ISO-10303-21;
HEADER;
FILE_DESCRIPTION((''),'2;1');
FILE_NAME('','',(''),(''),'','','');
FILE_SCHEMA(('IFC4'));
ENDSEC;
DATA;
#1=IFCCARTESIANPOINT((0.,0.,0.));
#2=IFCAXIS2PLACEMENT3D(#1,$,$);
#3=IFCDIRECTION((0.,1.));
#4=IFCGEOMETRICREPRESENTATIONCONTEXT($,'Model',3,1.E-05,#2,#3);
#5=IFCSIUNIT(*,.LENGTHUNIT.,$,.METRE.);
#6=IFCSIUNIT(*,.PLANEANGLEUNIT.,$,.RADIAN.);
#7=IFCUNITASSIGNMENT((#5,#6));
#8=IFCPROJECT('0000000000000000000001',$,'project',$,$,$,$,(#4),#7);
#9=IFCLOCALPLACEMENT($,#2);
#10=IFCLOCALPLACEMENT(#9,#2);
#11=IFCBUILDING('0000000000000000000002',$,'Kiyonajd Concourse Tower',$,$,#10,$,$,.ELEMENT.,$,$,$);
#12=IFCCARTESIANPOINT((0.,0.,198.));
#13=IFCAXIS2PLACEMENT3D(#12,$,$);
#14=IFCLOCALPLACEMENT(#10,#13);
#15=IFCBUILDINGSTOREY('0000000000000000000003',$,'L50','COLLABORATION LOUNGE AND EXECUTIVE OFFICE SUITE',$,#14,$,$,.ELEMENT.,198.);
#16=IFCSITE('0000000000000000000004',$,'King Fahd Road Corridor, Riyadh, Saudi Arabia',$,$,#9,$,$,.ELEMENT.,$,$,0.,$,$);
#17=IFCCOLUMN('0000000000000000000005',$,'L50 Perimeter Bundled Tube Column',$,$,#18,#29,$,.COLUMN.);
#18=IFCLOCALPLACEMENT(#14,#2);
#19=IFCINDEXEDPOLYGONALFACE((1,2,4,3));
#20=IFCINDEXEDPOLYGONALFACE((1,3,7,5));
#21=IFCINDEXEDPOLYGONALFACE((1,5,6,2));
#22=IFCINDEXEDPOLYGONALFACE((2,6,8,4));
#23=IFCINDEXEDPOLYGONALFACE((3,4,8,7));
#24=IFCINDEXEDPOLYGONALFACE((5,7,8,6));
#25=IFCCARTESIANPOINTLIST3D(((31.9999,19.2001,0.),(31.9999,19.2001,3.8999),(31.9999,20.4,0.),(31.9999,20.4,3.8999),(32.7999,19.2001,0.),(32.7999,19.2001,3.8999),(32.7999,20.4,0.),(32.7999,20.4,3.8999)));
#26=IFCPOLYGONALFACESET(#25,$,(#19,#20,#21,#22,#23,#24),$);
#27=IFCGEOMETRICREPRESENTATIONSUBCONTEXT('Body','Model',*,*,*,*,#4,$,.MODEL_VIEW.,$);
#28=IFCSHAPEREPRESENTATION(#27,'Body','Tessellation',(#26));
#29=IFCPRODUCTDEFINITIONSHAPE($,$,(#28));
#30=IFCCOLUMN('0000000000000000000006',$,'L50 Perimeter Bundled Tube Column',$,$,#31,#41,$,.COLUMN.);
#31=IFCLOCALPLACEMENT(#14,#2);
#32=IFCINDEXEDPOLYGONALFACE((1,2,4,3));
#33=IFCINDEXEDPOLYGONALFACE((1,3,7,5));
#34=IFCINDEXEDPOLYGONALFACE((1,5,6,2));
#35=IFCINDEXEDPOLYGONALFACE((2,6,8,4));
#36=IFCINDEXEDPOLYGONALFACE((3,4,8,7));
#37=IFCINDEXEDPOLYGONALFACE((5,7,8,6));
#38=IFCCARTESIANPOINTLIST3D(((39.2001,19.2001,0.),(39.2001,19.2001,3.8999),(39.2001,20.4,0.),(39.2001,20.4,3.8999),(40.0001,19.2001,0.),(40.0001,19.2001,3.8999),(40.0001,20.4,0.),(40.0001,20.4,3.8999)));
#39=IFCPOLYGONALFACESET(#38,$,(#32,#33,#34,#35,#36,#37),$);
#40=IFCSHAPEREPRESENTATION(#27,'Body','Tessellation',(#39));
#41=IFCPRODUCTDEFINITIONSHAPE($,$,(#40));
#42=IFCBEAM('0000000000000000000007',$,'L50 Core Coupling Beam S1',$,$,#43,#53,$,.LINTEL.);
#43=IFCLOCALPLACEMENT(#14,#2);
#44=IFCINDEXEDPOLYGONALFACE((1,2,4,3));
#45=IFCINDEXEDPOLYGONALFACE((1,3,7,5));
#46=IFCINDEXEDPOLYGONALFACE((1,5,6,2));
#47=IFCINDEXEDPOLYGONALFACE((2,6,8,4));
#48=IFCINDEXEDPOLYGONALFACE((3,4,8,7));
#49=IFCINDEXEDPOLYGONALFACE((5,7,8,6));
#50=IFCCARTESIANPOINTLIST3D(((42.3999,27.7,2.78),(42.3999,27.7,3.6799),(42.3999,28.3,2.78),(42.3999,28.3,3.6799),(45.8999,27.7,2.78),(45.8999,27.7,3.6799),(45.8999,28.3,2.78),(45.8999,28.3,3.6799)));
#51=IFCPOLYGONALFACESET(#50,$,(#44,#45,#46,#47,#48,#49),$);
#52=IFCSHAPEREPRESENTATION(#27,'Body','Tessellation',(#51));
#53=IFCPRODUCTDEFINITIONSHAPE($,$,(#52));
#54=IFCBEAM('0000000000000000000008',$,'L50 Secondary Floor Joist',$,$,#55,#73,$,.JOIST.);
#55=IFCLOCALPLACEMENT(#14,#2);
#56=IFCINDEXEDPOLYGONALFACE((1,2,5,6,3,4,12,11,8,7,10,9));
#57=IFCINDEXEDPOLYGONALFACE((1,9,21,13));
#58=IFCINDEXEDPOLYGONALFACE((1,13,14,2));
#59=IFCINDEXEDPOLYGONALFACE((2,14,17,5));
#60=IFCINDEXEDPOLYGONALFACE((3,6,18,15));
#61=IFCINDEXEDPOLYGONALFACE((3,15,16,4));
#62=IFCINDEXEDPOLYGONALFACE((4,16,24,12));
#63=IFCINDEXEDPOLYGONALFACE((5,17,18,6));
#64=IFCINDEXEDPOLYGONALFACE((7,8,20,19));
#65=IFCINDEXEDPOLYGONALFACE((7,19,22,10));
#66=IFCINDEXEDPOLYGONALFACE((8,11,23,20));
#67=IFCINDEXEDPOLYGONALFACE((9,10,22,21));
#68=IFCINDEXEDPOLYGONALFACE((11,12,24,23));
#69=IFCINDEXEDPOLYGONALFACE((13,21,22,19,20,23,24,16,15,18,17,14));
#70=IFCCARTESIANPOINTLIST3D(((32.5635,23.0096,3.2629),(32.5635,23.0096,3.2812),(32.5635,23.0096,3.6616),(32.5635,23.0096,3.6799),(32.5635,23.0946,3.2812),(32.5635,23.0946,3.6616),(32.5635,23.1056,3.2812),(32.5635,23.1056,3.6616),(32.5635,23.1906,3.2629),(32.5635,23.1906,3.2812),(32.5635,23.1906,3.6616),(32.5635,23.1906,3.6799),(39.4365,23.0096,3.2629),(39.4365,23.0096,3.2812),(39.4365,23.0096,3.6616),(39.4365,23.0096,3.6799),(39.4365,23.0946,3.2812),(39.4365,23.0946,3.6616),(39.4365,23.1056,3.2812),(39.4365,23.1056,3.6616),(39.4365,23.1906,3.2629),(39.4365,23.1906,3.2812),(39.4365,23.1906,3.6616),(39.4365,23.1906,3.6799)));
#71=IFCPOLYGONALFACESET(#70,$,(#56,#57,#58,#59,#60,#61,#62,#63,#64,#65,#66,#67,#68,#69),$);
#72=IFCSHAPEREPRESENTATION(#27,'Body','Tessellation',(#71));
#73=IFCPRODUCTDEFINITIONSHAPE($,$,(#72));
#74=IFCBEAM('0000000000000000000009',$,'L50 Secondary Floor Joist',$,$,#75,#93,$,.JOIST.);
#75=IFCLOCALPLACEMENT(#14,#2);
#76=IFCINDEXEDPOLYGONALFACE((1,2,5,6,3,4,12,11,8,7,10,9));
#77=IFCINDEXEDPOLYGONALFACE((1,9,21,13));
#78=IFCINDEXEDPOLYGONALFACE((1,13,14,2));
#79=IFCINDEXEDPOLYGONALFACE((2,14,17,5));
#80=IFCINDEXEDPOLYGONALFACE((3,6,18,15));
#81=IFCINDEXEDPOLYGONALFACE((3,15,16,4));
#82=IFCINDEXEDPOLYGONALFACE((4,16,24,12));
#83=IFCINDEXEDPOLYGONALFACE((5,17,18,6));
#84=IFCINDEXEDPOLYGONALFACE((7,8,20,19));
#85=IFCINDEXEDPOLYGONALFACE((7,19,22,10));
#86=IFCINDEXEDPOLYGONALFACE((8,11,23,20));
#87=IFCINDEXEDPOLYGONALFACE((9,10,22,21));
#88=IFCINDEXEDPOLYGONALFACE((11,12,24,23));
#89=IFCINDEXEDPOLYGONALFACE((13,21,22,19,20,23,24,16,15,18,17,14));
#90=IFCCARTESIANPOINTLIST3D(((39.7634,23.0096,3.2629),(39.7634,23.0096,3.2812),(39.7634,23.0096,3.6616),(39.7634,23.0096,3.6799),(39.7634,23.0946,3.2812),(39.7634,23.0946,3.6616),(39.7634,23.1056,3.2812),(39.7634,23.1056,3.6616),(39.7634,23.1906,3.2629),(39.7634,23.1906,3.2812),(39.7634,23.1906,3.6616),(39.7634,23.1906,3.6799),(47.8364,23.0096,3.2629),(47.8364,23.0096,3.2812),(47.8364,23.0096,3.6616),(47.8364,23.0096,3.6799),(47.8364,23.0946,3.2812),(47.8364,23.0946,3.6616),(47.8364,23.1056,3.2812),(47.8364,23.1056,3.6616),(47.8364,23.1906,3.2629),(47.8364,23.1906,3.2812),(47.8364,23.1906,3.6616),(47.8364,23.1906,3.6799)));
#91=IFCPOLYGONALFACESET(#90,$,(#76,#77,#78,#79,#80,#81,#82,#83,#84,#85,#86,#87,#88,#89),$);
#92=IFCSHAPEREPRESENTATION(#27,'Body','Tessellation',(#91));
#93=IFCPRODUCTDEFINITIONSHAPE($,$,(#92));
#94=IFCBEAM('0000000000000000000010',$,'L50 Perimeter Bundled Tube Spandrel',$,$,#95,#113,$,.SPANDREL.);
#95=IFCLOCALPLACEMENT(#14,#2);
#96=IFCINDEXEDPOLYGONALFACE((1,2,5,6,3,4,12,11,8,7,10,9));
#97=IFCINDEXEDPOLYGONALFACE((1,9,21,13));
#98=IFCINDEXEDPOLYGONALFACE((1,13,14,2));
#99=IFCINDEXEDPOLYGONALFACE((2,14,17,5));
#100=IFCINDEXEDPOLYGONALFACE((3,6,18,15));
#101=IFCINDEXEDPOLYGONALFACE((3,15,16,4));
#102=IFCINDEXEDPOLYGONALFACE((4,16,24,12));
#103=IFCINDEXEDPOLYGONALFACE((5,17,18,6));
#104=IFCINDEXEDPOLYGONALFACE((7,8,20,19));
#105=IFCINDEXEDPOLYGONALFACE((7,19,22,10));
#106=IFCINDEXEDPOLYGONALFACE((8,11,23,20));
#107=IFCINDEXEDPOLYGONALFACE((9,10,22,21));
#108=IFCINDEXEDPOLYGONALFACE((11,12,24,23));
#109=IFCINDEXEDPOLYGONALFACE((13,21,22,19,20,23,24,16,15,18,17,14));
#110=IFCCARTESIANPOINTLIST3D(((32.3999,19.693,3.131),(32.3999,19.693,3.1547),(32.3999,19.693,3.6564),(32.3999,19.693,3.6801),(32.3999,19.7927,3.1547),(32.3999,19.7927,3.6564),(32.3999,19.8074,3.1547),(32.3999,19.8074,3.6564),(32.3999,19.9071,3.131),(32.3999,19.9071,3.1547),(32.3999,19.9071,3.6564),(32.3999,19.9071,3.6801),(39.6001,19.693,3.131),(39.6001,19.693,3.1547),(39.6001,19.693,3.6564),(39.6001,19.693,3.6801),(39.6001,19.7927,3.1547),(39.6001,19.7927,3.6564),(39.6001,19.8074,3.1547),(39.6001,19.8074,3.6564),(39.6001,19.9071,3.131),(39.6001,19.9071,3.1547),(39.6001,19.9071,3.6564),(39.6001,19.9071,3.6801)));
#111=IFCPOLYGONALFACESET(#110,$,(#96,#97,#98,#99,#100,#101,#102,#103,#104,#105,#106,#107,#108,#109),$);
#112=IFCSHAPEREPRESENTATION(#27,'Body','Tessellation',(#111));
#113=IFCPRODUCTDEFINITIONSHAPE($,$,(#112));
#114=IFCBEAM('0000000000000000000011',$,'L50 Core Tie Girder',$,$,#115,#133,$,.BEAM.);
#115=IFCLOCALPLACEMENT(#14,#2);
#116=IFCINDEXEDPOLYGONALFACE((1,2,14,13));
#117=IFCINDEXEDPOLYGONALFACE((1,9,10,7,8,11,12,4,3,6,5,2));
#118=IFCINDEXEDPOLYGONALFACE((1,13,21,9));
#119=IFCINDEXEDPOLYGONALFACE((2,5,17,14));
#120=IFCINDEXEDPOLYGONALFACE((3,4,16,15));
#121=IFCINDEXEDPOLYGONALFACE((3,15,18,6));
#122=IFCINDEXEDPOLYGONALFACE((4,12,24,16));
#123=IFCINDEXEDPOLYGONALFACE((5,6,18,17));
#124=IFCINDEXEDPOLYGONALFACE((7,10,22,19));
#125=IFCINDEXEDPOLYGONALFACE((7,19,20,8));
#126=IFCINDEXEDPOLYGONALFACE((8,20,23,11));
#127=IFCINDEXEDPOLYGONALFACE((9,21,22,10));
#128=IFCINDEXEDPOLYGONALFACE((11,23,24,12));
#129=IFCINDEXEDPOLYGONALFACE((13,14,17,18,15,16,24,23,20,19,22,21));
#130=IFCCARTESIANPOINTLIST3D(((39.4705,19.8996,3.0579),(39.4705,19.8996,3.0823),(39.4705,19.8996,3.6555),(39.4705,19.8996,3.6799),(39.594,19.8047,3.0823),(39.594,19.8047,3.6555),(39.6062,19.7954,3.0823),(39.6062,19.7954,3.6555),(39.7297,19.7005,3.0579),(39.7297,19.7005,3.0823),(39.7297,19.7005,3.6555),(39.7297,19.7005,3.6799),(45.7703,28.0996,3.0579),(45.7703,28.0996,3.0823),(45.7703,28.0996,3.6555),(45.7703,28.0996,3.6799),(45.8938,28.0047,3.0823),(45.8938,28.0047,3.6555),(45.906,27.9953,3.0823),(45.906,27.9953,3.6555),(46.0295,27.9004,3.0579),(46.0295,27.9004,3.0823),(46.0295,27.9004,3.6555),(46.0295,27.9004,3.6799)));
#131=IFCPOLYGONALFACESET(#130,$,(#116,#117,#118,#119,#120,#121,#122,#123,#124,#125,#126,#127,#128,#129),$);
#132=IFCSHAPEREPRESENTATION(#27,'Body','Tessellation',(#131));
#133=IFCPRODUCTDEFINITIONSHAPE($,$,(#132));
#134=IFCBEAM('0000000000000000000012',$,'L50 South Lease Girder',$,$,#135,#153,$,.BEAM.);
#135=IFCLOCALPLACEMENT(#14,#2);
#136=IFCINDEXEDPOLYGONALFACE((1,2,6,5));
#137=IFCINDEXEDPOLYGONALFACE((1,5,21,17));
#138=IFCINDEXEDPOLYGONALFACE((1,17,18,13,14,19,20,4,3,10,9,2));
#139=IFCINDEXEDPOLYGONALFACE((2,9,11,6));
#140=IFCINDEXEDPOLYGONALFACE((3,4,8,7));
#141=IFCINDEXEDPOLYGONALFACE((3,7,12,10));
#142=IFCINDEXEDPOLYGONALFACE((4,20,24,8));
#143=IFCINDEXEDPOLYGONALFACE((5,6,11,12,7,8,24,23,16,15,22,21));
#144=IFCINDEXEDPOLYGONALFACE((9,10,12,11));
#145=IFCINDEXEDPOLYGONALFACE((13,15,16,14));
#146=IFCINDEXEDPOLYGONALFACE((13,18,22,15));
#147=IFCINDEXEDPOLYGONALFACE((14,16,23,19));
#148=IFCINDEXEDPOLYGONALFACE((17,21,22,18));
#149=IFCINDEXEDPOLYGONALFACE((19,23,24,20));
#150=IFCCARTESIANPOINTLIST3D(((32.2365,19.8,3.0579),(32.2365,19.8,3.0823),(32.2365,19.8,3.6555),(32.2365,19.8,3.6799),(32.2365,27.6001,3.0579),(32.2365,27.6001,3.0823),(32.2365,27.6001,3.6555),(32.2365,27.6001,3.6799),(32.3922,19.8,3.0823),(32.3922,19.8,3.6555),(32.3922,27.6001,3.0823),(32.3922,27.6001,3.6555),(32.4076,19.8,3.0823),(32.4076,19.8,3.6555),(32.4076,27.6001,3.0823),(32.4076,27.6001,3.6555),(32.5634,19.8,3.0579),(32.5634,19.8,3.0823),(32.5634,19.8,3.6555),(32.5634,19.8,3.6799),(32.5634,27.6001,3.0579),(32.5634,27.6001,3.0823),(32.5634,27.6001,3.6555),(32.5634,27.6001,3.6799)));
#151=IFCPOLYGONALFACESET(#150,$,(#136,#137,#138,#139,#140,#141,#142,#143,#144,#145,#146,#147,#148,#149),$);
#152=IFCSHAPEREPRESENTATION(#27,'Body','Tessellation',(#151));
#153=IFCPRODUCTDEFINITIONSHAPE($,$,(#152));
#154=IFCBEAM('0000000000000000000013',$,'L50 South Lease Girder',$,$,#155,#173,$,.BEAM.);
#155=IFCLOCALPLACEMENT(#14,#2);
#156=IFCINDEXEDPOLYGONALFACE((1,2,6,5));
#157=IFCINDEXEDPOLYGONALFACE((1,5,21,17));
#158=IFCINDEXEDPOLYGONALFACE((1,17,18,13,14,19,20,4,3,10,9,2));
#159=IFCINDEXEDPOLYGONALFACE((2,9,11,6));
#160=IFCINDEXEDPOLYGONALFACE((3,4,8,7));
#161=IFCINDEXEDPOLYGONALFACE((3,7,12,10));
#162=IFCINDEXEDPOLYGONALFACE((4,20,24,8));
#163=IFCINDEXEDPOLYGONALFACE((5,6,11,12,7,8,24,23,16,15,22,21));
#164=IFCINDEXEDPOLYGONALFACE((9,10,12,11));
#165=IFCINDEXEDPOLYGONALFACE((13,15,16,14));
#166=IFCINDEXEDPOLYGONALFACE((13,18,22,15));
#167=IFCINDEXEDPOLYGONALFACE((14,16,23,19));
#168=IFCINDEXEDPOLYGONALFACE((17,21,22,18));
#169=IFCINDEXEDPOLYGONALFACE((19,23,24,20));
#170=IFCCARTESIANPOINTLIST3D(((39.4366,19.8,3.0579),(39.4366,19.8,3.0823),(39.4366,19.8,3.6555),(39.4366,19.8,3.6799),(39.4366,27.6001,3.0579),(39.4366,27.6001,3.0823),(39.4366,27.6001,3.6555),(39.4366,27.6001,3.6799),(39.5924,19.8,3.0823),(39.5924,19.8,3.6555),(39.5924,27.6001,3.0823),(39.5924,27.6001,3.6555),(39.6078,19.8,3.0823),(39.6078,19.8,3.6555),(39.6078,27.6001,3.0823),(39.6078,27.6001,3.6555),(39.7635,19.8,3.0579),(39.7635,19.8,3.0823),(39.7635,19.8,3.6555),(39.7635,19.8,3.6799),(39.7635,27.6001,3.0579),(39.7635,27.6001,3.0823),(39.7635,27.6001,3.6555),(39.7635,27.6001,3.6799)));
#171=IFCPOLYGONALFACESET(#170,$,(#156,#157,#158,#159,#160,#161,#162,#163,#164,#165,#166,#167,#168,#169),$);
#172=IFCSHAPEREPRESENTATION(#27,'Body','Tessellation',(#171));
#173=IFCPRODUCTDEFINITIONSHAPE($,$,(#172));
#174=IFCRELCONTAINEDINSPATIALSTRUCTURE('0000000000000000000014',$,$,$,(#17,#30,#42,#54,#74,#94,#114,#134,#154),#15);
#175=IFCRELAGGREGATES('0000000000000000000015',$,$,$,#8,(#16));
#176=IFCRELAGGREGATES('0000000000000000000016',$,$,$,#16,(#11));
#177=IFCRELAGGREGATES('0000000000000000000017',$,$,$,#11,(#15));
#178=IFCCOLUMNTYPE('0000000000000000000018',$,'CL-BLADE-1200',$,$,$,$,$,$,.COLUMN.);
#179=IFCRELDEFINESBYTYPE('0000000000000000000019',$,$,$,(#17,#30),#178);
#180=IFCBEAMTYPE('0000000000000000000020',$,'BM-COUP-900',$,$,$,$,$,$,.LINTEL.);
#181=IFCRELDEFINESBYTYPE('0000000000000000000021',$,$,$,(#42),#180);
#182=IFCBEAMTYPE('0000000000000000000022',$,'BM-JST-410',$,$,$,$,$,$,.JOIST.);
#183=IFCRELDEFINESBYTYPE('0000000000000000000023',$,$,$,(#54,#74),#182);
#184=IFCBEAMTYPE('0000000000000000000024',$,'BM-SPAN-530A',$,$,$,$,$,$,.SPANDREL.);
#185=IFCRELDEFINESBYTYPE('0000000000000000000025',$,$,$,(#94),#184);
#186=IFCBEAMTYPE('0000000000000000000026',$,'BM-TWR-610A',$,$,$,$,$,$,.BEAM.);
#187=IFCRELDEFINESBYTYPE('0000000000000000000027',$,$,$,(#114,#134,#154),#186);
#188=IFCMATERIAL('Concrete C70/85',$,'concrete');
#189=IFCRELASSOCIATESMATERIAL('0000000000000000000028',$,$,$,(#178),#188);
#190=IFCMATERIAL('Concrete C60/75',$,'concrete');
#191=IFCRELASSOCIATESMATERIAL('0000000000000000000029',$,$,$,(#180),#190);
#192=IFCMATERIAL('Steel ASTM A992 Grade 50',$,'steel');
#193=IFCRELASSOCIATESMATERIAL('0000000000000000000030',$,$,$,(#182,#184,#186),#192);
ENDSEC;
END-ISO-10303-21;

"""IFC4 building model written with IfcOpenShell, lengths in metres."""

from ifc_helpers import new_model, si_unit, direction, frame, origin, origin_2d, place, context, subcontext, project, spatial, rectangle, i_section, extrude, material, material_profile, profile_set, type_object, element, save


model = new_model("IFC4")

# Units and contexts
model_context = context("Model", 3, precision=1e-05, world=origin(), true_north=direction((0.0, 1.0)))
body_context = subcontext(model_context, "Body", "Model", "MODEL_VIEW")
ifc_project = project(units=[si_unit("LENGTHUNIT", "METRE"), si_unit("PLANEANGLEUNIT", "RADIAN")], contexts=[model_context])

# Site, building, storey
site_placement = place(None, origin())
site = spatial("IfcSite", under=ifc_project, at=site_placement, Name="King Fahd Road Corridor, Riyadh, Saudi Arabia", CompositionType="ELEMENT", RefElevation=0.0)
building_placement = place(site_placement, origin())
building = spatial("IfcBuilding", under=site, at=building_placement, Name="Kiyonajd Concourse Tower", CompositionType="ELEMENT")
storey_placement = place(building_placement, frame((0.0, 0.0, 198.0)))
storey = spatial("IfcBuildingStorey", under=building, at=storey_placement, Name="L50", Description="COLLABORATION LOUNGE AND EXECUTIVE OFFICE SUITE", CompositionType="ELEMENT", Elevation=198.0)

# Columns
ifc_material_1 = material(Name="Concrete C70/85", Category="concrete")
ifc_material_profile_1 = material_profile(ifc_material_1, rectangle(XDim=0.8, YDim=1.2, at=origin_2d()), Name="RC-1200x800")
ifc_profile_set_1 = profile_set([ifc_material_profile_1], Name="Concrete C70/85")
column_type = type_object("IfcColumnType", Name="CL-BLADE-1200", PredefinedType="COLUMN", material=ifc_profile_set_1)
for number, where, z_axis, x_axis, name in (
    (1, (32.3999, 19.8, 0.0), (0.0, 0.0, 1.0), (1.0, 0.0, 0.0), "L50 Perimeter Bundled Tube Column"),
    (2, (39.6001, 19.8, 0.0), (0.0, 0.0, 1.0), (1.0, 0.0, 0.0), "L50 Perimeter Bundled Tube Column"),
):
    element("IfcColumn", number, at=place(storey_placement, frame(where, z_axis=z_axis, x_axis=x_axis)), inside=storey, type_object=column_type, Name=name, PredefinedType="COLUMN", context=body_context, shape_type="SweptSolid", body=[
        extrude(rectangle(XDim=0.8, YDim=1.2, at=origin_2d()), origin(), (0.0, 0.0, 1.0), 3.8999),
    ])

# Beams
ifc_material_2 = material(Name="Concrete C60/75", Category="concrete")
ifc_material_profile_2 = material_profile(ifc_material_2, rectangle(XDim=0.6001, YDim=0.8999, at=origin_2d()), Name="RCBM-600x900")
ifc_profile_set_2 = profile_set([ifc_material_profile_2], Name="Concrete C60/75")
beam_type_1 = type_object("IfcBeamType", Name="BM-COUP-900", PredefinedType="LINTEL", material=ifc_profile_set_2)
beam_1_placement = place(storey_placement, frame((42.3999, 28.0, 3.23), z_axis=(1.0, 0.0, 0.0), x_axis=(0.0, 1.0, 0.0)))
element("IfcBeam", 3, at=beam_1_placement, inside=storey, type_object=beam_type_1, Name="L50 Core Coupling Beam S1", PredefinedType="LINTEL", context=body_context, shape_type="SweptSolid", body=[
    extrude(rectangle(XDim=0.6001, YDim=0.8999, at=origin_2d()), origin(), (0.0, 0.0, 1.0), 3.5),
])
ifc_material_3 = material(Name="Steel ASTM A992 Grade 50", Category="steel")
ifc_material_profile_3 = material_profile(ifc_material_3, i_section(OverallWidth=0.1809, OverallDepth=0.417, WebThickness=0.011, FlangeThickness=0.0183, at=origin_2d()), Name="W410X85")
ifc_profile_set_3 = profile_set([ifc_material_profile_3], Name="Steel ASTM A992 Grade 50")
beam_type_2 = type_object("IfcBeamType", Name="BM-JST-410", PredefinedType="JOIST", material=ifc_profile_set_3)
beam_2_placement = place(storey_placement, frame((32.5635, 23.1001, 3.4714), z_axis=(1.0, 0.0, 0.0), x_axis=(0.0, 1.0, 0.0)))
element("IfcBeam", 4, at=beam_2_placement, inside=storey, type_object=beam_type_2, Name="L50 Secondary Floor Joist", PredefinedType="JOIST", context=body_context, shape_type="SweptSolid", body=[
    extrude(i_section(OverallWidth=0.1809, OverallDepth=0.417, WebThickness=0.011, FlangeThickness=0.0183, at=origin_2d()), origin(), (0.0, 0.0, 1.0), 6.873),
])
beam_3_placement = place(storey_placement, frame((39.7634, 23.1001, 3.4714), z_axis=(1.0, 0.0, 0.0), x_axis=(0.0, 1.0, 0.0)))
element("IfcBeam", 5, at=beam_3_placement, inside=storey, type_object=beam_type_2, Name="L50 Secondary Floor Joist", PredefinedType="JOIST", context=body_context, shape_type="SweptSolid", body=[
    extrude(i_section(OverallWidth=0.1809, OverallDepth=0.417, WebThickness=0.011, FlangeThickness=0.0183, at=origin_2d()), origin(), (0.0, 0.0, 1.0), 8.073),
])
ifc_material_profile_4 = material_profile(ifc_material_3, i_section(OverallWidth=0.2141, OverallDepth=0.5491, WebThickness=0.0146, FlangeThickness=0.0237, at=origin_2d()), Name="W530X138")
ifc_profile_set_4 = profile_set([ifc_material_profile_4], Name="Steel ASTM A992 Grade 50")
beam_type_3 = type_object("IfcBeamType", Name="BM-SPAN-530A", PredefinedType="SPANDREL", material=ifc_profile_set_4)
beam_4_placement = place(storey_placement, frame((32.3999, 19.8, 3.4055), z_axis=(1.0, 0.0, 0.0), x_axis=(0.0, 1.0, 0.0)))
element("IfcBeam", 6, at=beam_4_placement, inside=storey, type_object=beam_type_3, Name="L50 Perimeter Bundled Tube Spandrel", PredefinedType="SPANDREL", context=body_context, shape_type="SweptSolid", body=[
    extrude(i_section(OverallWidth=0.2141, OverallDepth=0.5491, WebThickness=0.0146, FlangeThickness=0.0237, at=origin_2d()), origin(), (0.0, 0.0, 1.0), 7.2002),
])
ifc_material_profile_5 = material_profile(ifc_material_3, i_section(OverallWidth=0.3269, OverallDepth=0.6221, WebThickness=0.0154, FlangeThickness=0.0244, at=origin_2d()), Name="W610X195")
ifc_profile_set_5 = profile_set([ifc_material_profile_5], Name="Steel ASTM A992 Grade 50")
beam_type_4 = type_object("IfcBeamType", Name="BM-TWR-610A", PredefinedType="BEAM", material=ifc_profile_set_5)
beam_5_placement = place(storey_placement, frame((39.6001, 19.8, 3.3689), z_axis=(0.609234, 0.792991, 0.0), x_axis=(-0.792991, 0.609234, 0.0)))
element("IfcBeam", 7, at=beam_5_placement, inside=storey, type_object=beam_type_4, Name="L50 Core Tie Girder", PredefinedType="BEAM", context=body_context, shape_type="SweptSolid", body=[
    extrude(i_section(OverallWidth=0.3269, OverallDepth=0.6221, WebThickness=0.0154, FlangeThickness=0.0244, at=origin_2d()), origin(), (0.0, 0.0, 1.0), 10.3406),
])
for number, where, z_axis, x_axis, name in (
    (8, (32.3999, 19.8, 3.3689), (0.0, 1.0, 0.0), (-1.0, 0.0, 0.0), "L50 South Lease Girder"),
    (9, (39.6001, 19.8, 3.3689), (0.0, 1.0, 0.0), (-1.0, 0.0, 0.0), "L50 South Lease Girder"),
):
    element("IfcBeam", number, at=place(storey_placement, frame(where, z_axis=z_axis, x_axis=x_axis)), inside=storey, type_object=beam_type_4, Name=name, PredefinedType="BEAM", context=body_context, shape_type="SweptSolid", body=[
        extrude(i_section(OverallWidth=0.3269, OverallDepth=0.6221, WebThickness=0.0154, FlangeThickness=0.0244, at=origin_2d()), origin(), (0.0, 0.0, 1.0), 7.8),
    ])

save(model, "model.ifc")
